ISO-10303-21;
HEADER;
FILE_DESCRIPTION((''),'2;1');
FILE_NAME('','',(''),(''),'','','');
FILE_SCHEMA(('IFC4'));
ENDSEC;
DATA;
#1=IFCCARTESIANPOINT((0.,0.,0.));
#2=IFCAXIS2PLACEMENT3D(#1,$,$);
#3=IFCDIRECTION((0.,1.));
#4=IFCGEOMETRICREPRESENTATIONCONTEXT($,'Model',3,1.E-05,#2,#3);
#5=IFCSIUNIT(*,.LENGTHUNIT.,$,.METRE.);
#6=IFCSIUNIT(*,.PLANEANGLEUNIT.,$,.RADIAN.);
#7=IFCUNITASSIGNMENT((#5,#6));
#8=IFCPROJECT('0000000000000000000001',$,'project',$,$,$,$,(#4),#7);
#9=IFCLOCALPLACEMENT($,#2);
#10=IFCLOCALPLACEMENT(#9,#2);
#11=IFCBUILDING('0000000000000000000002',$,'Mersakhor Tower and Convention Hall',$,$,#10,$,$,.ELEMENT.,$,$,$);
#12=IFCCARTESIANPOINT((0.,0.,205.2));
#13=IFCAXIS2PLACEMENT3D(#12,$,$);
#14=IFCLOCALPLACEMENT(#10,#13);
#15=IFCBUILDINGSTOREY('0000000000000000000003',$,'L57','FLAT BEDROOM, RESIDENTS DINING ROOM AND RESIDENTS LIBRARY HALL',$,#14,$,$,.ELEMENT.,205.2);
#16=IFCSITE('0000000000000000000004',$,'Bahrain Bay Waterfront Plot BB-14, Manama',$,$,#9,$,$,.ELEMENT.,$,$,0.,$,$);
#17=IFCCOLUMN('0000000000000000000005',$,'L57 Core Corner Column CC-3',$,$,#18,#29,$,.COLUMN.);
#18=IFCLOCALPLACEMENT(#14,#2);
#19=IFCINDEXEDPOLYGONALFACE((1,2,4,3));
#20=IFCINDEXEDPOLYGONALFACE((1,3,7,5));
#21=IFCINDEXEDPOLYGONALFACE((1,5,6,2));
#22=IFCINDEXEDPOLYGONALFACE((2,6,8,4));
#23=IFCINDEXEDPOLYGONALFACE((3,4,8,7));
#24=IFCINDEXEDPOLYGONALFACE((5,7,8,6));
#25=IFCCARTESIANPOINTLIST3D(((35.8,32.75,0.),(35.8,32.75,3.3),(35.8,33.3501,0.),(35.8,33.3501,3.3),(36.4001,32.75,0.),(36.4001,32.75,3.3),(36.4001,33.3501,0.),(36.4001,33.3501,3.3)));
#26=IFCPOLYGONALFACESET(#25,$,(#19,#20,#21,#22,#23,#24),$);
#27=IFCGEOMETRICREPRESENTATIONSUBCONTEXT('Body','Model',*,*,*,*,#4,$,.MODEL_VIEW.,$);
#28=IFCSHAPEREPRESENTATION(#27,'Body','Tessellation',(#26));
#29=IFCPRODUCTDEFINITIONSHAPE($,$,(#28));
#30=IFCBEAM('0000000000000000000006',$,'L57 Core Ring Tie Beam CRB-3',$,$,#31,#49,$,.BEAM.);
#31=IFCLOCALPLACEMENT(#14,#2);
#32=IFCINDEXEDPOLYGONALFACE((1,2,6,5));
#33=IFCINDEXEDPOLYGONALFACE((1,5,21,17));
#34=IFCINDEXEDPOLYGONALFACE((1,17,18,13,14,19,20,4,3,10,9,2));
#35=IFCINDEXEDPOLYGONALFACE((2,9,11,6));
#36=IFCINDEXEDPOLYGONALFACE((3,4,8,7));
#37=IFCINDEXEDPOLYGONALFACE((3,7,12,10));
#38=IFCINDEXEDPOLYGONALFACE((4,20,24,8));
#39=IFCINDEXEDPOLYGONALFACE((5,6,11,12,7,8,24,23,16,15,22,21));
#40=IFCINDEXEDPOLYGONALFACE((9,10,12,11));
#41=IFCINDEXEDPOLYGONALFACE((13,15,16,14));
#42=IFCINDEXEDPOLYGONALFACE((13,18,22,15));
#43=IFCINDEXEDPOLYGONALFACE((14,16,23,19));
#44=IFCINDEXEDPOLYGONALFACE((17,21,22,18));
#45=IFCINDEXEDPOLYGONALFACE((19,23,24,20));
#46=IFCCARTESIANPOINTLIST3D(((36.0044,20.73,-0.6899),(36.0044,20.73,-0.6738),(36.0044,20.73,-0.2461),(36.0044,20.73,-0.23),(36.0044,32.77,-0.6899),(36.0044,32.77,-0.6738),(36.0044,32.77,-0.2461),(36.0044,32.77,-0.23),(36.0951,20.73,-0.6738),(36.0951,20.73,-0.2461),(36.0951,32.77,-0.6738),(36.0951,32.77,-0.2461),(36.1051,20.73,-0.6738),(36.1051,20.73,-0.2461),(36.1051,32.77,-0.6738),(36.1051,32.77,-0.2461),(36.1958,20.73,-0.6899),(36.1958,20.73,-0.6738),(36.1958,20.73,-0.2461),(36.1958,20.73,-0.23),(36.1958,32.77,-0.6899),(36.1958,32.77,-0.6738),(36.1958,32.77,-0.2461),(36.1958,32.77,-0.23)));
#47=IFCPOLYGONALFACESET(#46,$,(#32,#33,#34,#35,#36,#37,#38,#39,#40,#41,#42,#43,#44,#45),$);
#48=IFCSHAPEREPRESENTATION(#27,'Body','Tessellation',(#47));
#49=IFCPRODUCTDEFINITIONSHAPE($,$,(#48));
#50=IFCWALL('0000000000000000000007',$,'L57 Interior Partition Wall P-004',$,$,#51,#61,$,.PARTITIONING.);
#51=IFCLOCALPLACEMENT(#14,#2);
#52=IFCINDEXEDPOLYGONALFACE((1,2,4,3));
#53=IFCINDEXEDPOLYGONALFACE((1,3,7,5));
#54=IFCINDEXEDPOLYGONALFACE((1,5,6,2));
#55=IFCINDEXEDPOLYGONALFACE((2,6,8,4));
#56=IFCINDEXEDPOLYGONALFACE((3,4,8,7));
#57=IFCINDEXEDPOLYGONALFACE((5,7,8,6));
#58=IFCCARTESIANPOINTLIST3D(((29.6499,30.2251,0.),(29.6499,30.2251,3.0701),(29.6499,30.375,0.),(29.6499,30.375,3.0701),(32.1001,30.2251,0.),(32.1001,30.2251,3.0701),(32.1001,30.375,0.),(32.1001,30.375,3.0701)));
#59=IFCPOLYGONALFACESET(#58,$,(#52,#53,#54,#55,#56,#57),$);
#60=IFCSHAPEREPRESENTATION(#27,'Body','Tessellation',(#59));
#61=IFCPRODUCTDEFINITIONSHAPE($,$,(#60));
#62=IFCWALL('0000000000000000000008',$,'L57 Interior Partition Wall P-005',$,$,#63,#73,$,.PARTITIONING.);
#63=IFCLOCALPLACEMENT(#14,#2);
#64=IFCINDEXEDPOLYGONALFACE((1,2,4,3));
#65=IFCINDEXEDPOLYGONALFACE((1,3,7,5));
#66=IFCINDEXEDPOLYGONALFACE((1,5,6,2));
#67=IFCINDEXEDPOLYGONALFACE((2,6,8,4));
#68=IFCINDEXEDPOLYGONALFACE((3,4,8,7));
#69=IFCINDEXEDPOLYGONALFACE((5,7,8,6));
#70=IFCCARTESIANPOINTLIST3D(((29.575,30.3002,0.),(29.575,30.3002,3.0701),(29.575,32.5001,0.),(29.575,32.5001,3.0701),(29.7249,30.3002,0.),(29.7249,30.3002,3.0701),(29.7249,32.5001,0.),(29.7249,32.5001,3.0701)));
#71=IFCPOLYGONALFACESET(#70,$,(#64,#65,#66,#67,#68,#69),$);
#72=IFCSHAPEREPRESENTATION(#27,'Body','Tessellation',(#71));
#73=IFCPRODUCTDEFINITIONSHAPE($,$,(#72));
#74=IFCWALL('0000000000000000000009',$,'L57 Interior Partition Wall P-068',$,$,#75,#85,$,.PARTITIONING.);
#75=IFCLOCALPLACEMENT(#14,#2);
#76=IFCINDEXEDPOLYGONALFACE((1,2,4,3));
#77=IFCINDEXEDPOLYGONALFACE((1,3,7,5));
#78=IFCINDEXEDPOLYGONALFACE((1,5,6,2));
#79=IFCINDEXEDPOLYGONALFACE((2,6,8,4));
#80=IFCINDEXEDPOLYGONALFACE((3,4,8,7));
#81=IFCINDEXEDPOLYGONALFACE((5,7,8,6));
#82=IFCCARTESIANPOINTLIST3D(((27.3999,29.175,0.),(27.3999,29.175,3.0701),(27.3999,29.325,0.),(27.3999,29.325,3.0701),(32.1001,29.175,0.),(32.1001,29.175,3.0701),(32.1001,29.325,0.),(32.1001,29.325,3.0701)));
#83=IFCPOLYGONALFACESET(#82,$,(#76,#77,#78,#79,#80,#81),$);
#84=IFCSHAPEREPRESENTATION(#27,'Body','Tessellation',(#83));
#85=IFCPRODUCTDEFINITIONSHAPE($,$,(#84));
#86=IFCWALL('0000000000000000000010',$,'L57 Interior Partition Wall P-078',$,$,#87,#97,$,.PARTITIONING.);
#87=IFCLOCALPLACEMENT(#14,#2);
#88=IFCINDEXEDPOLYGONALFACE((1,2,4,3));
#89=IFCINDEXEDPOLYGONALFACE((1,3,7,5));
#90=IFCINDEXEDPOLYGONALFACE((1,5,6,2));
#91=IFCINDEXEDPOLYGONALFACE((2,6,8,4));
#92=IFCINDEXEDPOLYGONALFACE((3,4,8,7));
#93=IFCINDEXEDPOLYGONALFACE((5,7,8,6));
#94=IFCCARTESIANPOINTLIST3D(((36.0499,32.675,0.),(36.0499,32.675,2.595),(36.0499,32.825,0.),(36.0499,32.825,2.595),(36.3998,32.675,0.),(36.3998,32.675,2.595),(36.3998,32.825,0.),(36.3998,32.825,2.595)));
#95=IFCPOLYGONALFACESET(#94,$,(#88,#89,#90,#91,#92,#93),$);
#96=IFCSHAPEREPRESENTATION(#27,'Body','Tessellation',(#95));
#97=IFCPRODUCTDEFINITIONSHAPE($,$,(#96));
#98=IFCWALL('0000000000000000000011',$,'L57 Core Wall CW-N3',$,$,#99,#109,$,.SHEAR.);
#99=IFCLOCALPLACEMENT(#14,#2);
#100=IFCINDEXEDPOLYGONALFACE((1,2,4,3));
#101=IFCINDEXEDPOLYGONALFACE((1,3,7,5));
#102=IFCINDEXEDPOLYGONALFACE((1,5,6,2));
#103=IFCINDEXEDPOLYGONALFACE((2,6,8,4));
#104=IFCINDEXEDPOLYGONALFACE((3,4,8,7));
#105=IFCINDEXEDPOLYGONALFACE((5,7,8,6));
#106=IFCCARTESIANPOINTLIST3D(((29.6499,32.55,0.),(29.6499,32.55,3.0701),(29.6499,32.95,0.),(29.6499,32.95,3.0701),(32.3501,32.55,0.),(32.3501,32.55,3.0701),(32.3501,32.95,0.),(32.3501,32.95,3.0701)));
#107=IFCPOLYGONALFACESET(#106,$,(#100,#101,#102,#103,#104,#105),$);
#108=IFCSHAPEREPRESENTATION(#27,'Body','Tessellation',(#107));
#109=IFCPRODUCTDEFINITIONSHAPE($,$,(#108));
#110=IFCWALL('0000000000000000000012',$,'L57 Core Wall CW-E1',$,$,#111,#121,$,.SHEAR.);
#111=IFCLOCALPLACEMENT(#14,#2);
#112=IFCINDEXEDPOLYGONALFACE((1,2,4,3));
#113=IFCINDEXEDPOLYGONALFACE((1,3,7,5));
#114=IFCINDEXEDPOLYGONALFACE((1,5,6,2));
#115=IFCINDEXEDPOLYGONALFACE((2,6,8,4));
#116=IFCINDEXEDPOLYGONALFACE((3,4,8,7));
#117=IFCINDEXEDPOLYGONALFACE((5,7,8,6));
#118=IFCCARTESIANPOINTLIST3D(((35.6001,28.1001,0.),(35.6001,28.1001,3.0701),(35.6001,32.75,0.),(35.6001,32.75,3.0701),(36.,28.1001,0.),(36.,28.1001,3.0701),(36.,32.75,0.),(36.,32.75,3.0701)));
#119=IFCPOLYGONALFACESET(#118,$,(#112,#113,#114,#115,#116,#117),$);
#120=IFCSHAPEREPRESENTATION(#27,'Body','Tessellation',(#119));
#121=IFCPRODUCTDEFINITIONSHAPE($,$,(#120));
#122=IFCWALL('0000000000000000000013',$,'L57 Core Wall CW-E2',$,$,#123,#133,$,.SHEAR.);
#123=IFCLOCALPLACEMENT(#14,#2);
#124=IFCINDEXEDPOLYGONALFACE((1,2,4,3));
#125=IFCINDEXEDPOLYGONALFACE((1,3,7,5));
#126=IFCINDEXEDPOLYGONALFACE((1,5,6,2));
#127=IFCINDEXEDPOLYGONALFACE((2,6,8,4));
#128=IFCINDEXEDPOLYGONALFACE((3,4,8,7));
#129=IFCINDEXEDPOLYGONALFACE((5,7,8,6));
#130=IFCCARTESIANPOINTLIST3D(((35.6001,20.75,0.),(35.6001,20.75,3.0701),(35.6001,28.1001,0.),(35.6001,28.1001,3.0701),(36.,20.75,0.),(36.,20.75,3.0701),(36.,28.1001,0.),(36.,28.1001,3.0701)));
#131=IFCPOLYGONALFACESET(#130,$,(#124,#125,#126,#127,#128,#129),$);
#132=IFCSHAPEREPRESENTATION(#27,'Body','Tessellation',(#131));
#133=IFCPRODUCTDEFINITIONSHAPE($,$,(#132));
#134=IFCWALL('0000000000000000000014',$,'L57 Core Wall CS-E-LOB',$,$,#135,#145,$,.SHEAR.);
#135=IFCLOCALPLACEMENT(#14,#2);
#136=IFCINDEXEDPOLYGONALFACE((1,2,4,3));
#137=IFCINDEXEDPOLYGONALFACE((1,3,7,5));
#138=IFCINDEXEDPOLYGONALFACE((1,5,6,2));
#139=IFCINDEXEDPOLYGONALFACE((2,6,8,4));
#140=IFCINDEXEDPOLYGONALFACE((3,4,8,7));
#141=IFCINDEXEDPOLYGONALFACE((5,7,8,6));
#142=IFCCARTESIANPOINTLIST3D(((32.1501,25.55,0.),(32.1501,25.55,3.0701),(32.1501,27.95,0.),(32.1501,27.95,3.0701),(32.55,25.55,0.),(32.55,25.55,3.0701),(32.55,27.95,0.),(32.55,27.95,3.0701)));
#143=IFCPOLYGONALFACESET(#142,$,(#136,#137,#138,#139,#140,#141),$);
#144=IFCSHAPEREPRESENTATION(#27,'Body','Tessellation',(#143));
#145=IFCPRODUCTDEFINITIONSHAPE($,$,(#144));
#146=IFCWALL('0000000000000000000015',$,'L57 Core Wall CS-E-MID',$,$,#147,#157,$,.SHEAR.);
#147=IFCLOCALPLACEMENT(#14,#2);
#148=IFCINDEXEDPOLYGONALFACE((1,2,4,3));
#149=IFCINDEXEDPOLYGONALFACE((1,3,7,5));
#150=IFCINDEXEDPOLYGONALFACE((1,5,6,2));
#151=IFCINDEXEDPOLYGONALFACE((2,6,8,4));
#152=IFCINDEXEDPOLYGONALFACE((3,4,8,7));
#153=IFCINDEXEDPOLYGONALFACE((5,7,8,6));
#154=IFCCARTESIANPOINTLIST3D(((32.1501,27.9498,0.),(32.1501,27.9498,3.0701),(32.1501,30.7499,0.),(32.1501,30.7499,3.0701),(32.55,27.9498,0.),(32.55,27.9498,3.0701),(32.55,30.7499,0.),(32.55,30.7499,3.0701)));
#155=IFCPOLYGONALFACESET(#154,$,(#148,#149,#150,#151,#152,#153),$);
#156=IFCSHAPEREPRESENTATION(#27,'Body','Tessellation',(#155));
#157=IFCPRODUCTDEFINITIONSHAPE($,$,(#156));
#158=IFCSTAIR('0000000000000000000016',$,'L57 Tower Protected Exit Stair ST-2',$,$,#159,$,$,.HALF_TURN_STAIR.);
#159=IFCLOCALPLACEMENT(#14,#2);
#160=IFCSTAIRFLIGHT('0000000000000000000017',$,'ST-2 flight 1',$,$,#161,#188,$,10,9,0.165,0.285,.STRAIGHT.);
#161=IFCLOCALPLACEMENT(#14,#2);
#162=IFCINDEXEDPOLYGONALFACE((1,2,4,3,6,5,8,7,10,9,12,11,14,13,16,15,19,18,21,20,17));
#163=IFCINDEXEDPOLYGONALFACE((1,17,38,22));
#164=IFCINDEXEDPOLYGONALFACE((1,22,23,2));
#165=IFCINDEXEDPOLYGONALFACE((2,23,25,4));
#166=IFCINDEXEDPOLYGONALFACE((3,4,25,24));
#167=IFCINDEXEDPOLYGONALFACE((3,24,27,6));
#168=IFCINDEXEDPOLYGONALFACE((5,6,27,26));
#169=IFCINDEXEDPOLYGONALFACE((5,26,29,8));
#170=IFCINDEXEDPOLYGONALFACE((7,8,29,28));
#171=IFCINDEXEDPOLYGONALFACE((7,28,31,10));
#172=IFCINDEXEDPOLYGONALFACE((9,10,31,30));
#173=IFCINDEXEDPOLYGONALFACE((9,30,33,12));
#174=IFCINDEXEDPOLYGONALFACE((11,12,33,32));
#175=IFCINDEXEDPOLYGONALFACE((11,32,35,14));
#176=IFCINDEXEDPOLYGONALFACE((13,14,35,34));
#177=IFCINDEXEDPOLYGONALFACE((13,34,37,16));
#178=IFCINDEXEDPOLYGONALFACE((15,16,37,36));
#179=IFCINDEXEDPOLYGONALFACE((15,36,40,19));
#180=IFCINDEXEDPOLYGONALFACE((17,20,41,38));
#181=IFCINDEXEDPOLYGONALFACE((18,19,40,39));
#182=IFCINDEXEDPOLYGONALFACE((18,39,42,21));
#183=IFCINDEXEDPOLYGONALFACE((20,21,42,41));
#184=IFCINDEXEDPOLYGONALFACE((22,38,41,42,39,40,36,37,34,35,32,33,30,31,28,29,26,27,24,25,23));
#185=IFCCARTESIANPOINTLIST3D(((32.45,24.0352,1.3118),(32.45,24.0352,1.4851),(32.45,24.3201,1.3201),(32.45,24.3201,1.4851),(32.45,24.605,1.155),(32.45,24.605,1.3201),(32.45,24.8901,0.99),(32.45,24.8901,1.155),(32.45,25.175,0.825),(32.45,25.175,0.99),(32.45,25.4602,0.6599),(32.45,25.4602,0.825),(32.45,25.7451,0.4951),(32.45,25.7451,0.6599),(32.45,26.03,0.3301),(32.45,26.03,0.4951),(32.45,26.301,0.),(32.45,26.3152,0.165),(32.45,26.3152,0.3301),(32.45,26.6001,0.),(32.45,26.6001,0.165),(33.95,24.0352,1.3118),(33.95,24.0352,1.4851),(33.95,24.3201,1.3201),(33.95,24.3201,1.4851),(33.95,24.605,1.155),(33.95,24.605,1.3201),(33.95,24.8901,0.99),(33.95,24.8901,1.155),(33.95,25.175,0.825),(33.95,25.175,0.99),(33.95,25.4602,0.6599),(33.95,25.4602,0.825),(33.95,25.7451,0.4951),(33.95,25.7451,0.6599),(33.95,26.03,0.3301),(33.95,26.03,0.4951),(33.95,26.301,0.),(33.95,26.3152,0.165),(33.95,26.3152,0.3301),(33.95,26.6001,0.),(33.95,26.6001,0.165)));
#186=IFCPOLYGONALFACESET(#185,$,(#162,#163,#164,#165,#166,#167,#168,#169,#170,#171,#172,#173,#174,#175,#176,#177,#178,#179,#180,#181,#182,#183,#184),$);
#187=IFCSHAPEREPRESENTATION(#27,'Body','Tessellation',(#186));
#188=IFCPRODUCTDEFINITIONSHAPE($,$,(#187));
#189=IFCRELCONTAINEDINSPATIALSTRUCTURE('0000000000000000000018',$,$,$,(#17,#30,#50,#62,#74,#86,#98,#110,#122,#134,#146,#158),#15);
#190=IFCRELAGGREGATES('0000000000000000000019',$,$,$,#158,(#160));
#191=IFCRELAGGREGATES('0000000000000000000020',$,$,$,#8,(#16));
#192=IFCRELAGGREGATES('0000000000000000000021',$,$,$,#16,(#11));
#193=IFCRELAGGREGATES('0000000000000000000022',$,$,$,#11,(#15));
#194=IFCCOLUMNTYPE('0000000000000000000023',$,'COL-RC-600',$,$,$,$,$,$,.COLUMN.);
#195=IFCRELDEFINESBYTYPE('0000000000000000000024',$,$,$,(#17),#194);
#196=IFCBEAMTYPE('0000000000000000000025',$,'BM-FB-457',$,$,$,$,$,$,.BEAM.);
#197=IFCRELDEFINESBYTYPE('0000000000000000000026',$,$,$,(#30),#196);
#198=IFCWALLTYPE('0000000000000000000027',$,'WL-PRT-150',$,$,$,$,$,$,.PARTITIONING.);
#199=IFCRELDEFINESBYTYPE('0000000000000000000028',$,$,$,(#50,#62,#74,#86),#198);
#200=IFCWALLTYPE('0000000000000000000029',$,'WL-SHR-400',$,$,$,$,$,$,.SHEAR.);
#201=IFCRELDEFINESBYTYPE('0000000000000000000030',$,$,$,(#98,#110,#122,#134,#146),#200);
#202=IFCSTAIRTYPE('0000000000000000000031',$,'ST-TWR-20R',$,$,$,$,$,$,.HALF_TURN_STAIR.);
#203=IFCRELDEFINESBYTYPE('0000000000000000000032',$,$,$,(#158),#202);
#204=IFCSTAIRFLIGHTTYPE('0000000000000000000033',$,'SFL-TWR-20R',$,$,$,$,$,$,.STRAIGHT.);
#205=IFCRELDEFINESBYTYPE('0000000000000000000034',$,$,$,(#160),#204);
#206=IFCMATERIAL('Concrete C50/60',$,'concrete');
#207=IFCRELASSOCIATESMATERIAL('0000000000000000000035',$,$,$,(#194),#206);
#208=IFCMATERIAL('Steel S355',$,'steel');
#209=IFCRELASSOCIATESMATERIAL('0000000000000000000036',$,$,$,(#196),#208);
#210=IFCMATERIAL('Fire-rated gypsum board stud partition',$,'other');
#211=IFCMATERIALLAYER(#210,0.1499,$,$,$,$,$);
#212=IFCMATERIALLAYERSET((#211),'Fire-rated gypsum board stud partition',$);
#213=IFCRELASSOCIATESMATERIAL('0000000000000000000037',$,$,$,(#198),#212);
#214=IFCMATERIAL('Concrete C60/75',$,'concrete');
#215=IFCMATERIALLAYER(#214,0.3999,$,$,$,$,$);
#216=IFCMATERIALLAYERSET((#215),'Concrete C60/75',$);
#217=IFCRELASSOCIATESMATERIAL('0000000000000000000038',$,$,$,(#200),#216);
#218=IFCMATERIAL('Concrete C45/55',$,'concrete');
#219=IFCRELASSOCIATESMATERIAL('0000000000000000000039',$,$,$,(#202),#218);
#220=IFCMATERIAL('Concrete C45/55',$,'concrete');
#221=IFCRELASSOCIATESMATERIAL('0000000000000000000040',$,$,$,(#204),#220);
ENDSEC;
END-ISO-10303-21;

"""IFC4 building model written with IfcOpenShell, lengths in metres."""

from ifc_helpers import new_model, si_unit, direction, frame, frame_2d, origin, origin_2d, place, context, subcontext, project, spatial, polyline, rectangle, i_section, outline, extrude, material, layer, layer_set, material_profile, profile_set, type_object, element, aggregate, save


model = new_model("IFC4")

# Units and contexts
model_context = context("Model", 3, precision=1e-05, world=origin(), true_north=direction((0.0, 1.0)))
body_context = subcontext(model_context, "Body", "Model", "MODEL_VIEW")
ifc_project = project(units=[si_unit("LENGTHUNIT", "METRE"), si_unit("PLANEANGLEUNIT", "RADIAN")], contexts=[model_context])

# Site, building, storey
site_placement = place(None, origin())
site = spatial("IfcSite", under=ifc_project, at=site_placement, Name="Bahrain Bay Waterfront Plot BB-14, Manama", CompositionType="ELEMENT", RefElevation=0.0)
building_placement = place(site_placement, origin())
building = spatial("IfcBuilding", under=site, at=building_placement, Name="Mersakhor Tower and Convention Hall", CompositionType="ELEMENT")
storey_placement = place(building_placement, frame((0.0, 0.0, 205.2)))
storey = spatial("IfcBuildingStorey", under=building, at=storey_placement, Name="L57", Description="FLAT BEDROOM, RESIDENTS DINING ROOM AND RESIDENTS LIBRARY HALL", CompositionType="ELEMENT", Elevation=205.2)

# Column
ifc_material_1 = material(Name="Concrete C50/60", Category="concrete")
ifc_material_profile_1 = material_profile(ifc_material_1, rectangle(XDim=0.6001, YDim=0.6001, at=origin_2d()), Name="RC 600x600")
ifc_profile_set_1 = profile_set([ifc_material_profile_1], Name="Concrete C50/60")
column_type = type_object("IfcColumnType", Name="COL-RC-600", PredefinedType="COLUMN", material=ifc_profile_set_1)
column_placement = place(storey_placement, frame((36.1001, 33.05, 0.0), z_axis=(0.0, 0.0, 1.0), x_axis=(1.0, 0.0, 0.0)))
element("IfcColumn", 1, at=column_placement, inside=storey, type_object=column_type, Name="L57 Core Corner Column CC-3", PredefinedType="COLUMN", context=body_context, shape_type="SweptSolid", body=[
    extrude(rectangle(XDim=0.6001, YDim=0.6001, at=origin_2d()), origin(), (0.0, 0.0, 1.0), 3.3),
])

# Beam
ifc_material_2 = material(Name="Steel S355", Category="steel")
ifc_material_profile_2 = material_profile(ifc_material_2, i_section(OverallWidth=0.1914, OverallDepth=0.46, WebThickness=0.01, FlangeThickness=0.0161, at=origin_2d()), Name="UB 457x191x82")
ifc_profile_set_2 = profile_set([ifc_material_profile_2], Name="Steel S355")
beam_type = type_object("IfcBeamType", Name="BM-FB-457", PredefinedType="BEAM", material=ifc_profile_set_2)
beam_placement = place(storey_placement, frame((36.1001, 32.77, -0.46), z_axis=(0.0, -1.0, 0.0), x_axis=(1.0, 0.0, 0.0)))
element("IfcBeam", 2, at=beam_placement, inside=storey, type_object=beam_type, Name="L57 Core Ring Tie Beam CRB-3", PredefinedType="BEAM", context=body_context, shape_type="SweptSolid", body=[
    extrude(i_section(OverallWidth=0.1914, OverallDepth=0.46, WebThickness=0.01, FlangeThickness=0.0161, at=origin_2d()), origin(), (0.0, 0.0, 1.0), 12.04),
])

# Walls
ifc_material_3 = material(Name="Fire-rated gypsum board stud partition", Category="other")
ifc_layer_1 = layer(ifc_material_3, 0.1499)
ifc_layer_set_1 = layer_set([ifc_layer_1], Name="Fire-rated gypsum board stud partition")
wall_type_1 = type_object("IfcWallType", Name="WL-PRT-150", PredefinedType="PARTITIONING", material=ifc_layer_set_1)
wall_1_placement = place(storey_placement, frame((32.1001, 30.3, 0.0), z_axis=(0.0, 0.0, 1.0), x_axis=(-1.0, 0.0, 0.0)))
element("IfcWall", 3, at=wall_1_placement, inside=storey, type_object=wall_type_1, Name="L57 Interior Partition Wall P-004", PredefinedType="PARTITIONING", context=body_context, shape_type="SweptSolid", body=[
    extrude(rectangle(XDim=2.4502, YDim=0.1499, at=frame_2d((1.2251, 0.0))), origin(), (0.0, 0.0, 1.0), 3.0701),
])
wall_2_placement = place(storey_placement, frame((29.6499, 30.3, 0.0), z_axis=(0.0, 0.0, 1.0), x_axis=(0.0, 1.0, 0.0)))
element("IfcWall", 4, at=wall_2_placement, inside=storey, type_object=wall_type_1, Name="L57 Interior Partition Wall P-005", PredefinedType="PARTITIONING", context=body_context, shape_type="SweptSolid", body=[
    extrude(rectangle(XDim=2.2, YDim=0.1499, at=frame_2d((1.1001, 0.0))), origin(), (0.0, 0.0, 1.0), 3.0701),
])
wall_3_placement = place(storey_placement, frame((32.1001, 29.25, 0.0), z_axis=(0.0, 0.0, 1.0), x_axis=(-1.0, 0.0, 0.0)))
element("IfcWall", 5, at=wall_3_placement, inside=storey, type_object=wall_type_1, Name="L57 Interior Partition Wall P-068", PredefinedType="PARTITIONING", context=body_context, shape_type="SweptSolid", body=[
    extrude(rectangle(XDim=4.7002, YDim=0.1499, at=frame_2d((2.3501, 0.0))), origin(), (0.0, 0.0, 1.0), 3.0701),
])
wall_4_placement = place(storey_placement, frame((36.05, 32.75, 0.0), z_axis=(0.0, 0.0, 1.0), x_axis=(1.0, 0.0, 0.0)))
element("IfcWall", 6, at=wall_4_placement, inside=storey, type_object=wall_type_1, Name="L57 Interior Partition Wall P-078", PredefinedType="PARTITIONING", context=body_context, shape_type="SweptSolid", body=[
    extrude(rectangle(XDim=0.3499, YDim=0.1499, at=frame_2d((0.1748, 0.0))), origin(), (0.0, 0.0, 1.0), 2.595),
])

# Wall
ifc_material_4 = material(Name="Concrete C60/75", Category="concrete")
ifc_layer_2 = layer(ifc_material_4, 0.3999)
ifc_layer_set_2 = layer_set([ifc_layer_2], Name="Concrete C60/75")
wall_type_2 = type_object("IfcWallType", Name="WL-SHR-400", PredefinedType="SHEAR", material=ifc_layer_set_2)
wall_5_placement = place(storey_placement, frame((29.6499, 32.75, 0.0), z_axis=(0.0, 0.0, 1.0), x_axis=(1.0, 0.0, 0.0)))
element("IfcWall", 7, at=wall_5_placement, inside=storey, type_object=wall_type_2, Name="L57 Core Wall CW-N3", PredefinedType="SHEAR", context=body_context, shape_type="SweptSolid", body=[
    extrude(rectangle(XDim=2.7002, YDim=0.3999, at=frame_2d((1.3501, 0.0))), origin(), (0.0, 0.0, 1.0), 3.0701),
])

# Walls
wall_6_placement = place(storey_placement, frame((35.8, 32.75, 0.0), z_axis=(0.0, 0.0, 1.0), x_axis=(0.0, -1.0, 0.0)))
element("IfcWall", 8, at=wall_6_placement, inside=storey, type_object=wall_type_2, Name="L57 Core Wall CW-E1", PredefinedType="SHEAR", context=body_context, shape_type="SweptSolid", body=[
    extrude(rectangle(XDim=4.6499, YDim=0.3999, at=frame_2d((2.325, 0.0))), origin(), (0.0, 0.0, 1.0), 3.0701),
])
wall_7_placement = place(storey_placement, frame((35.8, 28.1001, 0.0), z_axis=(0.0, 0.0, 1.0), x_axis=(0.0, -1.0, 0.0)))
element("IfcWall", 9, at=wall_7_placement, inside=storey, type_object=wall_type_2, Name="L57 Core Wall CW-E2", PredefinedType="SHEAR", context=body_context, shape_type="SweptSolid", body=[
    extrude(rectangle(XDim=7.3501, YDim=0.3999, at=frame_2d((3.675, 0.0))), origin(), (0.0, 0.0, 1.0), 3.0701),
])
wall_8_placement = place(storey_placement, frame((32.3501, 25.55, 0.0), z_axis=(0.0, 0.0, 1.0), x_axis=(0.0, 1.0, 0.0)))
element("IfcWall", 10, at=wall_8_placement, inside=storey, type_object=wall_type_2, Name="L57 Core Wall CS-E-LOB", PredefinedType="SHEAR", context=body_context, shape_type="SweptSolid", body=[
    extrude(rectangle(XDim=2.3999, YDim=0.3999, at=frame_2d((1.2, 0.0))), origin(), (0.0, 0.0, 1.0), 3.0701),
])
wall_9_placement = place(storey_placement, frame((32.3501, 27.95, 0.0), z_axis=(0.0, 0.0, 1.0), x_axis=(0.0, 1.0, 0.0)))
element("IfcWall", 11, at=wall_9_placement, inside=storey, type_object=wall_type_2, Name="L57 Core Wall CS-E-MID", PredefinedType="SHEAR", context=body_context, shape_type="SweptSolid", body=[
    extrude(rectangle(XDim=2.8, YDim=0.3999, at=frame_2d((1.3999, 0.0))), origin(), (0.0, 0.0, 1.0), 3.0701),
])

# Stair, stair flight
ifc_material_5 = material(Name="Concrete C45/55", Category="concrete")
stair_type = type_object("IfcStairType", Name="ST-TWR-20R", PredefinedType="HALF_TURN_STAIR", material=ifc_material_5)
stair_placement = place(storey_placement, origin())
stair = element("IfcStair", 12, at=stair_placement, inside=storey, type_object=stair_type, Name="L57 Tower Protected Exit Stair ST-2", PredefinedType="HALF_TURN_STAIR")
ifc_material_6 = material(Name="Concrete C45/55", Category="concrete")
stair_flight_type = type_object("IfcStairFlightType", Name="SFL-TWR-20R", PredefinedType="STRAIGHT", material=ifc_material_6)
stair_flight_placement = place(storey_placement, frame((33.2, 26.6001, 0.0), z_axis=(0.0, 0.0, 1.0), x_axis=(0.0, -1.0, 0.0)))
stair_flight = element("IfcStairFlight", 13, at=stair_flight_placement, type_object=stair_flight_type, Name="ST-2 flight 1", NumberOfRisers=10, NumberOfTreads=9, PredefinedType="STRAIGHT", RiserHeight=0.165, TreadLength=0.285, context=body_context, shape_type="SweptSolid", body=[
    extrude(outline(polyline([(0.0, 0.0), (0.0, 0.165), (0.2849, 0.165), (0.2849, 0.3301), (0.5701, 0.3301), (0.5701, 0.4951), (0.855, 0.4951), (0.855, 0.6599), (1.1399, 0.6599), (1.1399, 0.825), (1.425, 0.825), (1.425, 0.99), (1.71, 0.99), (1.71, 1.155), (1.9951, 1.155), (1.9951, 1.3201), (2.28, 1.3201), (2.28, 1.4851), (2.5649, 1.4851), (2.5649, 1.6499), (2.5649, 1.3118), (0.2991, 0.0), (0.0, 0.0)])), frame((0.0, 0.75, 0.0), z_axis=(0.0, -1.0, 0.0), x_axis=(1.0, 0.0, 0.0)), (0.0, 0.0, 1.0), 1.5),
])
aggregate(stair, [stair_flight])

save(model, "model.ifc")
